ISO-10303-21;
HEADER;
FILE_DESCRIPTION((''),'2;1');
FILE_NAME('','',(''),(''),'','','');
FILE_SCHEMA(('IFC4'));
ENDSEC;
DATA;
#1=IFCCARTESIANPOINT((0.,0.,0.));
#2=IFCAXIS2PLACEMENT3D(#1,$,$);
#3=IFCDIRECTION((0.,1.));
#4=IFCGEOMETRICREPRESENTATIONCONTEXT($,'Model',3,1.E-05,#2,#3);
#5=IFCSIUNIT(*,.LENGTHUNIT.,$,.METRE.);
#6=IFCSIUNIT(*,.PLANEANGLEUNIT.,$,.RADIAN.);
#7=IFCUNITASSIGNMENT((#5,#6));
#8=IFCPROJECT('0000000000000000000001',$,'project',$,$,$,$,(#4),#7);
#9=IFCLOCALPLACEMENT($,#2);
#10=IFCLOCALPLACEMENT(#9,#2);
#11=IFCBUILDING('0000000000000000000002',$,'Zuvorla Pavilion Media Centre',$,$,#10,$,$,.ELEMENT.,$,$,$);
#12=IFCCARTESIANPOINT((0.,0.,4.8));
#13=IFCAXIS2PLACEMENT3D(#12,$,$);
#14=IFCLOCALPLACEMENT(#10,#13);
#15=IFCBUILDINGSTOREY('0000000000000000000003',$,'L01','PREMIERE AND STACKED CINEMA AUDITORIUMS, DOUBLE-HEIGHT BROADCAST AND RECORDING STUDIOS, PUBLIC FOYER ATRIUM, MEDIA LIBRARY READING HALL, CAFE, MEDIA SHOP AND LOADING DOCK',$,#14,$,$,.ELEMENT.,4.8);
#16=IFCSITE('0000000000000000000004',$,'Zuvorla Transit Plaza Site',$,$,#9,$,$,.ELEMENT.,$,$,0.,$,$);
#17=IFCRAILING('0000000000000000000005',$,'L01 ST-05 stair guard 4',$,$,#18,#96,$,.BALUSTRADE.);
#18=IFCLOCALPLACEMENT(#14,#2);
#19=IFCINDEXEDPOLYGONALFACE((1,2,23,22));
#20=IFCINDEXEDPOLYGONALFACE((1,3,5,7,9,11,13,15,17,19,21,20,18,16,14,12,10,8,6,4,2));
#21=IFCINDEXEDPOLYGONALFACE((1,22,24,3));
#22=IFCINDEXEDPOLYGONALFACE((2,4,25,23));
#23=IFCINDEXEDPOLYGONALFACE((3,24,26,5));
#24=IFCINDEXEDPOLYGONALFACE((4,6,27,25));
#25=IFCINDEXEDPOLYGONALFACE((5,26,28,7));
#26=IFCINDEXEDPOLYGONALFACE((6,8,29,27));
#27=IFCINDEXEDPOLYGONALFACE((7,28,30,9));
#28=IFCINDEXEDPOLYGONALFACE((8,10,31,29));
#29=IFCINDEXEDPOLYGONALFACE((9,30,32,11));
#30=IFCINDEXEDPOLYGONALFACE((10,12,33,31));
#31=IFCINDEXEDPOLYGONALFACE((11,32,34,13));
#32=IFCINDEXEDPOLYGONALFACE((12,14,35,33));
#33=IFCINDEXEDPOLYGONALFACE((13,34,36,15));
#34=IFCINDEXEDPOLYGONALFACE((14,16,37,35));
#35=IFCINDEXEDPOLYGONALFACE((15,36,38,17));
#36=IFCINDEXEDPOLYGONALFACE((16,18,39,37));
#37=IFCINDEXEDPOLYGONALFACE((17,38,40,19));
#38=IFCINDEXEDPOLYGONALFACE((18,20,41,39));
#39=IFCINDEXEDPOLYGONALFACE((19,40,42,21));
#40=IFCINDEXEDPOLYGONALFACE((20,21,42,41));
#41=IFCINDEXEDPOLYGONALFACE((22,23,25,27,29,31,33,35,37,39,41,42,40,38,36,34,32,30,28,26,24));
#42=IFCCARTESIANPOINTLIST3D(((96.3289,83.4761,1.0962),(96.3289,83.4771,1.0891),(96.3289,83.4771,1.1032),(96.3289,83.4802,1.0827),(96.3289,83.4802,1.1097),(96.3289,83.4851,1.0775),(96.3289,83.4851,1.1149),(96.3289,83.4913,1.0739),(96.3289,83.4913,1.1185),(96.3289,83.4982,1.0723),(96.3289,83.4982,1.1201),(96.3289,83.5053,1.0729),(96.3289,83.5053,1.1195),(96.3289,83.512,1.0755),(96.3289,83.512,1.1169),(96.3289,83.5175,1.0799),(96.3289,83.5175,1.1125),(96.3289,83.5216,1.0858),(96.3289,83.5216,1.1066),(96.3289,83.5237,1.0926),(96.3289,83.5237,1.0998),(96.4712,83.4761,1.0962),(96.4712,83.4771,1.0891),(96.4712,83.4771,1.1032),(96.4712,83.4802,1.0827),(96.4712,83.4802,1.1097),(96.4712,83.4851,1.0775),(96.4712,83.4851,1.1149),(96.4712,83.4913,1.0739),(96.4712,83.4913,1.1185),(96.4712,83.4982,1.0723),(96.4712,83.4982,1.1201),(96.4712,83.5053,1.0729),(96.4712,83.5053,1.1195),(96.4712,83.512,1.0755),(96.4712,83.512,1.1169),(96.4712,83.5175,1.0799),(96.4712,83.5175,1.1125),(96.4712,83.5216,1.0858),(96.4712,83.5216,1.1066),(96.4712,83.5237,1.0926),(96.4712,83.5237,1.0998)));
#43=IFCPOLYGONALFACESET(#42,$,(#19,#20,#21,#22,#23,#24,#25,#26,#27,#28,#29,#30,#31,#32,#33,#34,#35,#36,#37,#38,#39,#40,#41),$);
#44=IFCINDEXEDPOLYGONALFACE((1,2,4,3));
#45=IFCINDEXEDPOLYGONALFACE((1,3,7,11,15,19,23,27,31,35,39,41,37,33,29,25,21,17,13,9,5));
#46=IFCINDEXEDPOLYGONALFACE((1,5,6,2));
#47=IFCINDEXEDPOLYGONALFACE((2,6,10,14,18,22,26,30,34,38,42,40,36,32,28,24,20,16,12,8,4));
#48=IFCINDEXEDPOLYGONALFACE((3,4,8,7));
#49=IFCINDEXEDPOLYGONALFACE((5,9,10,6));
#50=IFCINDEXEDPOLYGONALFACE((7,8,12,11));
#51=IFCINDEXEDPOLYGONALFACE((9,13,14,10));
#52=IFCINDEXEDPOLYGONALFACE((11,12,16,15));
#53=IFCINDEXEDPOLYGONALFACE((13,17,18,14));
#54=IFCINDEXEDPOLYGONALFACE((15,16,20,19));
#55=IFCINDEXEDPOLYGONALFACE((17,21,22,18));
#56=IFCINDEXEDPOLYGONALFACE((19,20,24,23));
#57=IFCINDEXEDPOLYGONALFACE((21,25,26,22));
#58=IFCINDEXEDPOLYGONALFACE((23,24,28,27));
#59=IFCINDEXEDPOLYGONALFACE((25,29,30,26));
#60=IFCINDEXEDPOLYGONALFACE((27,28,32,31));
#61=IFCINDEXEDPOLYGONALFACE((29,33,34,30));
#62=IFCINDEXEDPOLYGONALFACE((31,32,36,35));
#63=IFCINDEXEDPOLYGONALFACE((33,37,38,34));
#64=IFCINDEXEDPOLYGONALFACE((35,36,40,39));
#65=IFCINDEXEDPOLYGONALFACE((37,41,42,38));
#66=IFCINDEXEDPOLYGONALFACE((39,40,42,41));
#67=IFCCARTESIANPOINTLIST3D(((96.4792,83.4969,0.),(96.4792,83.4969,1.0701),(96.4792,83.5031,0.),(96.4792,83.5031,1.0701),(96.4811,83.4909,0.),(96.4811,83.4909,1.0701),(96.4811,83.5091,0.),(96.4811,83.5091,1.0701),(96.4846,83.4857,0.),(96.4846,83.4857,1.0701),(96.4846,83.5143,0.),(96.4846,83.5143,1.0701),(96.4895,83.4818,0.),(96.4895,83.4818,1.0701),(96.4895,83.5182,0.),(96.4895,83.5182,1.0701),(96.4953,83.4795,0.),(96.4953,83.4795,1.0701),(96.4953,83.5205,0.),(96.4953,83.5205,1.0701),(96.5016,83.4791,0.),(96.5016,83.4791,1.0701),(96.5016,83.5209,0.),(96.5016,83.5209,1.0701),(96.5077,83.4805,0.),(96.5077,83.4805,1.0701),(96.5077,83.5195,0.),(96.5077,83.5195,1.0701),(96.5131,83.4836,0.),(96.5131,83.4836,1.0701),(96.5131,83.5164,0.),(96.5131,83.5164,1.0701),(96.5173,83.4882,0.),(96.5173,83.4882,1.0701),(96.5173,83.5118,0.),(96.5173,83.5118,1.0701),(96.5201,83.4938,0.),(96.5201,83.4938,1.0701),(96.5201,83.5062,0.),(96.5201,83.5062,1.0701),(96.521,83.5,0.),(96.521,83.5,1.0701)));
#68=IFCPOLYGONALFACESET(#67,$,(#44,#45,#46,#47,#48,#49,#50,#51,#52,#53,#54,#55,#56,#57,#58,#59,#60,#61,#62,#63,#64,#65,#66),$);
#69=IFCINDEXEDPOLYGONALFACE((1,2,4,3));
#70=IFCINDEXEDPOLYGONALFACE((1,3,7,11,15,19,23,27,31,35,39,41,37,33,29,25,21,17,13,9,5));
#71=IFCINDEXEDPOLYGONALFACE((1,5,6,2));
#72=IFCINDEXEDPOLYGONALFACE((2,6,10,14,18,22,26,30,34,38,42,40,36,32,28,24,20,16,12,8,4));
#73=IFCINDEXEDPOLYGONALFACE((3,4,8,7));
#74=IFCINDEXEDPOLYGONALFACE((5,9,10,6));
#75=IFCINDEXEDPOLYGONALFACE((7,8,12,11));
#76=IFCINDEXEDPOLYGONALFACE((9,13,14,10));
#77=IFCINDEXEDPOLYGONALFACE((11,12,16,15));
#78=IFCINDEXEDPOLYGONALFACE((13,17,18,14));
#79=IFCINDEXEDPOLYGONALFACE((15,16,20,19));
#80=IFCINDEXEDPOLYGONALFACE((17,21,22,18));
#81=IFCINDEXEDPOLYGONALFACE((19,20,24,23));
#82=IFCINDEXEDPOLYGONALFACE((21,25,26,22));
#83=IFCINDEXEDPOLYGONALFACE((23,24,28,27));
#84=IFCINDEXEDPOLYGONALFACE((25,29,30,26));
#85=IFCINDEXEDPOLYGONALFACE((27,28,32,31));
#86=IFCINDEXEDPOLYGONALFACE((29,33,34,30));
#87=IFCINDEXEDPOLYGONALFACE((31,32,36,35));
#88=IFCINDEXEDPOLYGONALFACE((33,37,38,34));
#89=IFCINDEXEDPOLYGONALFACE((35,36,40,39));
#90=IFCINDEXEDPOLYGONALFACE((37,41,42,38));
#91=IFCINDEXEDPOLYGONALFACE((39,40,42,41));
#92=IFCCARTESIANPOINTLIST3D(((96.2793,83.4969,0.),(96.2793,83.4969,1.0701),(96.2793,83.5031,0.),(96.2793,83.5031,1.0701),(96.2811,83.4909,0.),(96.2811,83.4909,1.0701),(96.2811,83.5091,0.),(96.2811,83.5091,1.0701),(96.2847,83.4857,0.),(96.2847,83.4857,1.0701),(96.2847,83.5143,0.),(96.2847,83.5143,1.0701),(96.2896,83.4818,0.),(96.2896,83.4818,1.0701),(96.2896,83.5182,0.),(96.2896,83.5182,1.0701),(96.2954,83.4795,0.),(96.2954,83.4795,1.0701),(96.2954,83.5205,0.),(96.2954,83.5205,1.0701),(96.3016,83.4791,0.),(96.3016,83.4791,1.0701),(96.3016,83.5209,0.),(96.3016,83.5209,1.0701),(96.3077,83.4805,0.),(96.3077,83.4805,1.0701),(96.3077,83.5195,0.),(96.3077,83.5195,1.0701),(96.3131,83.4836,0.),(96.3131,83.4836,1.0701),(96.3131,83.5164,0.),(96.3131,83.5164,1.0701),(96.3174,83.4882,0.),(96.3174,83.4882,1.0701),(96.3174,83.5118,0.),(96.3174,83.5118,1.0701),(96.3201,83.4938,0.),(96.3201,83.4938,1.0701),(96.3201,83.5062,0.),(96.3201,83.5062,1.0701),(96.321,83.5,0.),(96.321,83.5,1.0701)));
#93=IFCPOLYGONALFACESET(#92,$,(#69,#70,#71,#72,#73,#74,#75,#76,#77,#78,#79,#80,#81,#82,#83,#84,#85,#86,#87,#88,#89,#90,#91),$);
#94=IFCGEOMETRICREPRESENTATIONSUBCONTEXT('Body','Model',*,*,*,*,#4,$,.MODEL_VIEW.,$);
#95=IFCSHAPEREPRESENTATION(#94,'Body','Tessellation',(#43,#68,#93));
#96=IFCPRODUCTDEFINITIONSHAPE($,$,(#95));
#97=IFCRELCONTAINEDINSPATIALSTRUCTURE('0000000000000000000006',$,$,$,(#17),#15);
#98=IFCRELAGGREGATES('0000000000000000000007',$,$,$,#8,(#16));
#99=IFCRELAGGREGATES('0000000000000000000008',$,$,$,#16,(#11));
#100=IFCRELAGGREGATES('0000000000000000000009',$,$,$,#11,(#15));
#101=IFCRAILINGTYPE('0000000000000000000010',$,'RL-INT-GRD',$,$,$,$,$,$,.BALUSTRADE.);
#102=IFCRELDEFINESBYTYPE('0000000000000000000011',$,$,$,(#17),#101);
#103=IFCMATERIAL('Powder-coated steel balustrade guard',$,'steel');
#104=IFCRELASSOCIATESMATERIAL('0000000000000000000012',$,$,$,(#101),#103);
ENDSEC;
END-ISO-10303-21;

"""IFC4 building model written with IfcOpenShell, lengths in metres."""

from ifc_helpers import new_model, si_unit, direction, frame, origin, origin_2d, place, context, subcontext, project, spatial, circle, extrude, material, type_object, element, save


model = new_model("IFC4")

# Units and contexts
model_context = context("Model", 3, precision=1e-05, world=origin(), true_north=direction((0.0, 1.0)))
body_context = subcontext(model_context, "Body", "Model", "MODEL_VIEW")
ifc_project = project(units=[si_unit("LENGTHUNIT", "METRE"), si_unit("PLANEANGLEUNIT", "RADIAN")], contexts=[model_context])

# Site, building, storey
site_placement = place(None, origin())
site = spatial("IfcSite", under=ifc_project, at=site_placement, Name="Zuvorla Transit Plaza Site", CompositionType="ELEMENT", RefElevation=0.0)
building_placement = place(site_placement, origin())
building = spatial("IfcBuilding", under=site, at=building_placement, Name="Zuvorla Pavilion Media Centre", CompositionType="ELEMENT")
storey_placement = place(building_placement, frame((0.0, 0.0, 4.8)))
storey = spatial("IfcBuildingStorey", under=building, at=storey_placement, Name="L01", Description="PREMIERE AND STACKED CINEMA AUDITORIUMS, DOUBLE-HEIGHT BROADCAST AND RECORDING STUDIOS, PUBLIC FOYER ATRIUM, MEDIA LIBRARY READING HALL, CAFE, MEDIA SHOP AND LOADING DOCK", CompositionType="ELEMENT", Elevation=4.8)

# Railing
ifc_material_1 = material(Name="Powder-coated steel balustrade guard", Category="steel")
railing_type_1 = type_object("IfcRailingType", Name="RL-INT-GRD", PredefinedType="BALUSTRADE", material=ifc_material_1)
railing_1_placement = place(storey_placement, frame((96.5, 83.5, 0.0)))
element("IfcRailing", 1, at=railing_1_placement, inside=storey, type_object=railing_type_1, Name="L01 ST-05 stair guard 4", PredefinedType="BALUSTRADE", context=body_context, shape_type="SweptSolid", body=[
    extrude(circle(Radius=0.0239, at=origin_2d()), frame((-0.0288, 0.0, 1.0962), z_axis=(-1.0, 0.0, 0.0), x_axis=(0.0, -1.0, 0.0)), (0.0, 0.0, 1.0), 0.1423),
    extrude(circle(Radius=0.021, at=origin_2d()), origin(), (0.0, 0.0, 1.0), 1.0701),
    extrude(circle(Radius=0.021, at=origin_2d()), frame((-0.2, 0.0, 0.0)), (0.0, 0.0, 1.0), 1.0701),
])

save(model, "model.ifc")
